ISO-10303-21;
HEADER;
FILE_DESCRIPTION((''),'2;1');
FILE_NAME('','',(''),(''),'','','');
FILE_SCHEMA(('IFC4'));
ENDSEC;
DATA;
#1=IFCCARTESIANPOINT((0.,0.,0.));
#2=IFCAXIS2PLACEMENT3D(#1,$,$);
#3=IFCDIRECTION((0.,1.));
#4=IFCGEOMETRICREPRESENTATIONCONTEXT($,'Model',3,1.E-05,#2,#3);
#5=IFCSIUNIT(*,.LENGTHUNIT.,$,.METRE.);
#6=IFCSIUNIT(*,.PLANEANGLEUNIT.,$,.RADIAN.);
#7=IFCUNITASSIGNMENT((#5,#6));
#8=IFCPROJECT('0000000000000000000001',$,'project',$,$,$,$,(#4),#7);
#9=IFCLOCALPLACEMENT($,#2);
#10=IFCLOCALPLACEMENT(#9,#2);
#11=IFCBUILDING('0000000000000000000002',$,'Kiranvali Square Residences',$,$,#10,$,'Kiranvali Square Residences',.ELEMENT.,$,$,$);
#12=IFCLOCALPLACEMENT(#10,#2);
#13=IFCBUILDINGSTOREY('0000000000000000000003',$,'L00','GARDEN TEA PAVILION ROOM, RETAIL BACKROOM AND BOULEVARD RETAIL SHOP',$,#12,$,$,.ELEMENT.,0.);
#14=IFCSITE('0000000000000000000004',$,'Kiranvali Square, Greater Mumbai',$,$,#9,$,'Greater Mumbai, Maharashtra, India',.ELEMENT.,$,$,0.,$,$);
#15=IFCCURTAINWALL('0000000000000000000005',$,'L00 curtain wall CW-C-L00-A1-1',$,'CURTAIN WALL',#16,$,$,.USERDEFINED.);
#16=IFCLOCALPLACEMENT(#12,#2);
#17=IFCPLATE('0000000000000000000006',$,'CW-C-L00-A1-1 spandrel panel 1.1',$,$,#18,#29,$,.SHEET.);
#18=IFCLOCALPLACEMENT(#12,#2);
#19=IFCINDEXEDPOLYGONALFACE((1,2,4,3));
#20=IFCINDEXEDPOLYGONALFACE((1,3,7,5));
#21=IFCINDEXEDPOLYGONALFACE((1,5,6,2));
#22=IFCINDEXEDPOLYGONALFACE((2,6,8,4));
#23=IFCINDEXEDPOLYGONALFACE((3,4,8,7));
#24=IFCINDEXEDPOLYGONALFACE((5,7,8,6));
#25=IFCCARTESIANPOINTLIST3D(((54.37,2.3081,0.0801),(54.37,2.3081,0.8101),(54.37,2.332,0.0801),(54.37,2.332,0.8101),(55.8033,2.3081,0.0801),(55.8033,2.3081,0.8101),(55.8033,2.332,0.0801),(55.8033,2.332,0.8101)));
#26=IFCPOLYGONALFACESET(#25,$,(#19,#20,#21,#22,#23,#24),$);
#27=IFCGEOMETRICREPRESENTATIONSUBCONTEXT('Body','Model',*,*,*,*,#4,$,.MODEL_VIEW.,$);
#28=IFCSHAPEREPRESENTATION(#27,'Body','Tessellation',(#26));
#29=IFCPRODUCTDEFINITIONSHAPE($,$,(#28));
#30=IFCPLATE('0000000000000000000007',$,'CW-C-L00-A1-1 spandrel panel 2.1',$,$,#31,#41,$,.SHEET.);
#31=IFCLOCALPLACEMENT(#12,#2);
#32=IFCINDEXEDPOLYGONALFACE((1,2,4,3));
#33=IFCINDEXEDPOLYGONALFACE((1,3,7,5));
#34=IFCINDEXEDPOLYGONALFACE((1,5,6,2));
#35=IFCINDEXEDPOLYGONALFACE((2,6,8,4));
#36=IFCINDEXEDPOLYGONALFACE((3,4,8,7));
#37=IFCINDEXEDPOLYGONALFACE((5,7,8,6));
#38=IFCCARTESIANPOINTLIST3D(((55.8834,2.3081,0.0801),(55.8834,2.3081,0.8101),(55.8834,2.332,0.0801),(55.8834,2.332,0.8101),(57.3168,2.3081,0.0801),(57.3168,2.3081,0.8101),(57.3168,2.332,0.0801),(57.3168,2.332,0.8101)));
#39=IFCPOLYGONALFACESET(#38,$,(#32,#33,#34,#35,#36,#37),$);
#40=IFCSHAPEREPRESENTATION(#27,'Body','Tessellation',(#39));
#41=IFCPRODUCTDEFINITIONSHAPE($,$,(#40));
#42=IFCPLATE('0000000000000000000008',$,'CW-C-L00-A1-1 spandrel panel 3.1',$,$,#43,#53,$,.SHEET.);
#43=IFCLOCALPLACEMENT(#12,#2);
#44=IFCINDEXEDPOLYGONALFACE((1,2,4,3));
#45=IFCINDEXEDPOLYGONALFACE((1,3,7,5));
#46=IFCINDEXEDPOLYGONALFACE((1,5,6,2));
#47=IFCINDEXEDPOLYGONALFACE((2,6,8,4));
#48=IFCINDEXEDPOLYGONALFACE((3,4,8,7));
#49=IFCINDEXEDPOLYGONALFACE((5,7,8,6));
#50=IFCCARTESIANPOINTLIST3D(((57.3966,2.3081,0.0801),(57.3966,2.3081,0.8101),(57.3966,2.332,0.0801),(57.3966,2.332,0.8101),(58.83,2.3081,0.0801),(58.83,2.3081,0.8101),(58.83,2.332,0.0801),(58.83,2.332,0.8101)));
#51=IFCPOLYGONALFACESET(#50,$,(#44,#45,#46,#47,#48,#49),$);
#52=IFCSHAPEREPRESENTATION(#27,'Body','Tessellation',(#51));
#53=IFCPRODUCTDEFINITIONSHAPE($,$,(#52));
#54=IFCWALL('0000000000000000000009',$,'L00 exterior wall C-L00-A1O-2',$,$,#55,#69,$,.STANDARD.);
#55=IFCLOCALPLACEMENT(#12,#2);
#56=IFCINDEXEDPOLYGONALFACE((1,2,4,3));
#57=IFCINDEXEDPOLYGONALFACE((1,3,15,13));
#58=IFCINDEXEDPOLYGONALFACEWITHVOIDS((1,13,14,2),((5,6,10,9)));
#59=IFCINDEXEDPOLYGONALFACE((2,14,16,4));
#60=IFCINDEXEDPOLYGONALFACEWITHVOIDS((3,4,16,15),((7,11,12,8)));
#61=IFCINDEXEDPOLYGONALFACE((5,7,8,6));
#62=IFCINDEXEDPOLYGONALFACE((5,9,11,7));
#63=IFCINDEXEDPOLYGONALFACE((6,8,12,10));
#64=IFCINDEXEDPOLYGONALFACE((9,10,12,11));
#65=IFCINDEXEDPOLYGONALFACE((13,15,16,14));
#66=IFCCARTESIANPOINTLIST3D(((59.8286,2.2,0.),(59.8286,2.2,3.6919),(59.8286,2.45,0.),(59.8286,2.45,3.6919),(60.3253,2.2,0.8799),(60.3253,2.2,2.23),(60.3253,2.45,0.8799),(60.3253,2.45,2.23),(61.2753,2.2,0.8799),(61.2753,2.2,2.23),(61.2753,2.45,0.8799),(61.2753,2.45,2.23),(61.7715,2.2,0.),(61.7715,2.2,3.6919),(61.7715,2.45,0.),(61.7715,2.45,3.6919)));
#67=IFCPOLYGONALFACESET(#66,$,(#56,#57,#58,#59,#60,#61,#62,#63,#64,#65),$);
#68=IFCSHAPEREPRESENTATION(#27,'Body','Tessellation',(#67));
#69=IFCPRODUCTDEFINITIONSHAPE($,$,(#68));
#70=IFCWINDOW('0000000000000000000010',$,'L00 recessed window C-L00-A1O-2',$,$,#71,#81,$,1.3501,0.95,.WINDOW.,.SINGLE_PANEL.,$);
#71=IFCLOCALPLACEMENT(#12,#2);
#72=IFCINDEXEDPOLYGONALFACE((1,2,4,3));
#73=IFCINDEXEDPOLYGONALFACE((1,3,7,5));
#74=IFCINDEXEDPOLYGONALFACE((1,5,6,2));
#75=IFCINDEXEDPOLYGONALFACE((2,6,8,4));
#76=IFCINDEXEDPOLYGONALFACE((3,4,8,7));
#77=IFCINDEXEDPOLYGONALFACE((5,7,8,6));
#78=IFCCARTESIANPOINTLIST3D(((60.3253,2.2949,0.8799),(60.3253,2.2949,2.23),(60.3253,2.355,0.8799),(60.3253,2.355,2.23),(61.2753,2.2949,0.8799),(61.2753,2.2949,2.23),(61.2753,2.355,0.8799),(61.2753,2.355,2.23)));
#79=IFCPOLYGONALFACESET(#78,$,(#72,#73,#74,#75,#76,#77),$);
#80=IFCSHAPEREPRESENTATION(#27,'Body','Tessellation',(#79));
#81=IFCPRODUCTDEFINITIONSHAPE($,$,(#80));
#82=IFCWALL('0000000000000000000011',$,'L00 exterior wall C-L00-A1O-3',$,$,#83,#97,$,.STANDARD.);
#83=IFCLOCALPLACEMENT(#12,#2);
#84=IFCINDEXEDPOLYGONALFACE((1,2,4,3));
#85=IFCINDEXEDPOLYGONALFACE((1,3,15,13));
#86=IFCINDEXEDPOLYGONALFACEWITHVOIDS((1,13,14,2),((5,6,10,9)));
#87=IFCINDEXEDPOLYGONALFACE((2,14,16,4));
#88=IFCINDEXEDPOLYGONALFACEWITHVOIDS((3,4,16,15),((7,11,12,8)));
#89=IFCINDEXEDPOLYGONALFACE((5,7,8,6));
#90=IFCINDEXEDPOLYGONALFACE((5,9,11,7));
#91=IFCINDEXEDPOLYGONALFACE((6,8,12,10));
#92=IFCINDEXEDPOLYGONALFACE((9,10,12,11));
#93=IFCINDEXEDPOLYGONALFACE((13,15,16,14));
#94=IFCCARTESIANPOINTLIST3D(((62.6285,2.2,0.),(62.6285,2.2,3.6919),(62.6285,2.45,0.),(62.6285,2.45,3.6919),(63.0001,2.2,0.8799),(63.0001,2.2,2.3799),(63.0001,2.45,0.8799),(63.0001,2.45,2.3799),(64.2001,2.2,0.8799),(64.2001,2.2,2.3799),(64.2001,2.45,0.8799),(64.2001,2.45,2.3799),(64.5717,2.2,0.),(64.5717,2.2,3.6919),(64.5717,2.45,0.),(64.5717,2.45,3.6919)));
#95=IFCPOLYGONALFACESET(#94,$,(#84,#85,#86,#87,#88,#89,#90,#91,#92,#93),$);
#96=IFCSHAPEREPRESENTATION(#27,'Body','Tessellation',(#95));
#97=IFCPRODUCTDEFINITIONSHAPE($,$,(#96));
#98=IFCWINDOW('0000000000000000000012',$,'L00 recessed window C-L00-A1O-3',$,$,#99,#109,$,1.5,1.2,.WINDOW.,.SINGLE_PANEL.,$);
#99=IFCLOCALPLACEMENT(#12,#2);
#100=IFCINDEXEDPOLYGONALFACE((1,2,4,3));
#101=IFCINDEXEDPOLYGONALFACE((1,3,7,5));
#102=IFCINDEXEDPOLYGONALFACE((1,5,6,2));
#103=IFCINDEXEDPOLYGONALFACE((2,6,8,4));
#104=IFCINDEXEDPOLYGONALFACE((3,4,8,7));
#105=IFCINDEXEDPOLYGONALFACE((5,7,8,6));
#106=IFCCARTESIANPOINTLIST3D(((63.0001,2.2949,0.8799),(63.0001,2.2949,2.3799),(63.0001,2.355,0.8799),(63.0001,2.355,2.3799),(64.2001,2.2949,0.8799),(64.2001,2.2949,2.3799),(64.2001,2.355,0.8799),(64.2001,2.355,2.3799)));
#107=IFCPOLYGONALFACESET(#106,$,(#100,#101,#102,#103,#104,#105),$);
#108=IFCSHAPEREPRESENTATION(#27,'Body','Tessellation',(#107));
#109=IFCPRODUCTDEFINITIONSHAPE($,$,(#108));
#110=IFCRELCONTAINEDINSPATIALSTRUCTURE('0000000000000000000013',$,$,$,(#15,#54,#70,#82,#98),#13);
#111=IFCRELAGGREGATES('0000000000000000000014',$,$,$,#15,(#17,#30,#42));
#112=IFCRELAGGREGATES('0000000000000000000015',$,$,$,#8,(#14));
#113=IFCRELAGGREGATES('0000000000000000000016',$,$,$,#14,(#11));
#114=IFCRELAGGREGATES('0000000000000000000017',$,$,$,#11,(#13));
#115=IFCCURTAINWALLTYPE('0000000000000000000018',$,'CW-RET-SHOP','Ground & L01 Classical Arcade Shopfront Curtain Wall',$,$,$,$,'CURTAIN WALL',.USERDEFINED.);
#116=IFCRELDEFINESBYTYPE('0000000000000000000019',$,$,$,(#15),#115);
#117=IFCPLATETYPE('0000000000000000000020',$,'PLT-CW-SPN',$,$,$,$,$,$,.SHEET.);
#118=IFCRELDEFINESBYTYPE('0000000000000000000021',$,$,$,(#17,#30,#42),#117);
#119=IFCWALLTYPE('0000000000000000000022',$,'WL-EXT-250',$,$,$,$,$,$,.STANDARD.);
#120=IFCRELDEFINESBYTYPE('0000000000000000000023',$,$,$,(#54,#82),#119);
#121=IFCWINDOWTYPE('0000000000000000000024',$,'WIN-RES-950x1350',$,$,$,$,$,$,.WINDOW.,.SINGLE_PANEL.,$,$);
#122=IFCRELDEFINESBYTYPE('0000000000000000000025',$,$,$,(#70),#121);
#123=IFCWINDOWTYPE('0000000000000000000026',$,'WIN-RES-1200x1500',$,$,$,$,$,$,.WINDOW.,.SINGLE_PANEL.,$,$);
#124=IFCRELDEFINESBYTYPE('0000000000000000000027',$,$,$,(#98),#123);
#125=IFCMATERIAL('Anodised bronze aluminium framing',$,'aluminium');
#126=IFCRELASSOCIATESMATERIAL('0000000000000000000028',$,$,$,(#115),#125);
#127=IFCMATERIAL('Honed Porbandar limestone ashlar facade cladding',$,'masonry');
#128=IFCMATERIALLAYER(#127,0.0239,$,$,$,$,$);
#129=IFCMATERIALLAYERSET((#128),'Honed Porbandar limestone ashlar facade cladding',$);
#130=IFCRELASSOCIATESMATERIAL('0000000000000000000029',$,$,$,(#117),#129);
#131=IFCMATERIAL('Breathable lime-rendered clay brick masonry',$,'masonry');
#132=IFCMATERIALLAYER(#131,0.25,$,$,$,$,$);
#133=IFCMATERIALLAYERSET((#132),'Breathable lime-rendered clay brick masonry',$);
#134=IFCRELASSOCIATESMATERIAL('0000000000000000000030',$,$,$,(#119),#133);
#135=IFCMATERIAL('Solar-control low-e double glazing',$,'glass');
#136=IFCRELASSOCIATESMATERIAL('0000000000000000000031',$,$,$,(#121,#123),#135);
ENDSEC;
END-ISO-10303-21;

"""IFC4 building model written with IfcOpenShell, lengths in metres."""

from ifc_helpers import new_model, si_unit, direction, frame, frame_2d, origin, origin_2d, place, context, subcontext, project, spatial, rectangle, extrude, material, layer, layer_set, type_object, element, fill, aggregate, save


model = new_model("IFC4")

# Units and contexts
model_context = context("Model", 3, precision=1e-05, world=origin(), true_north=direction((0.0, 1.0)))
body_context = subcontext(model_context, "Body", "Model", "MODEL_VIEW")
ifc_project = project(units=[si_unit("LENGTHUNIT", "METRE"), si_unit("PLANEANGLEUNIT", "RADIAN")], contexts=[model_context])

# Site, building, storey
site_placement = place(None, origin())
site = spatial("IfcSite", under=ifc_project, at=site_placement, Name="Kiranvali Square, Greater Mumbai", LongName="Greater Mumbai, Maharashtra, India", CompositionType="ELEMENT", RefElevation=0.0)
building_placement = place(site_placement, origin())
building = spatial("IfcBuilding", under=site, at=building_placement, Name="Kiranvali Square Residences", LongName="Kiranvali Square Residences", CompositionType="ELEMENT")
storey_placement = place(building_placement, origin())
storey = spatial("IfcBuildingStorey", under=building, at=storey_placement, Name="L00", Description="GARDEN TEA PAVILION ROOM, RETAIL BACKROOM AND BOULEVARD RETAIL SHOP", CompositionType="ELEMENT", Elevation=0.0)

# Curtain wall
ifc_material_1 = material(Name="Anodised bronze aluminium framing", Category="aluminium")
curtain_wall_type = type_object("IfcCurtainWallType", Name="CW-RET-SHOP", Description="Ground & L01 Classical Arcade Shopfront Curtain Wall", ElementType="CURTAIN WALL", PredefinedType="USERDEFINED", material=ifc_material_1)
curtain_wall_placement = place(storey_placement, origin())
curtain_wall = element("IfcCurtainWall", 1, at=curtain_wall_placement, inside=storey, type_object=curtain_wall_type, Name="L00 curtain wall CW-C-L00-A1-1", ObjectType="CURTAIN WALL", PredefinedType="USERDEFINED")

# Plates
ifc_material_2 = material(Name="Solar-control low-e double glazing", Category="glass")
ifc_material_3 = material(Name="Honed Porbandar limestone ashlar facade cladding", Category="masonry")
ifc_layer_1 = layer(ifc_material_3, 0.0239)
ifc_layer_set_1 = layer_set([ifc_layer_1], Name="Honed Porbandar limestone ashlar facade cladding")
plate_type_1 = type_object("IfcPlateType", Name="PLT-CW-SPN", PredefinedType="SHEET", material=ifc_layer_set_1)
plate_1_placement = place(storey_placement, frame((55.0867, 2.3201, 0.0801), z_axis=(0.0, 0.0, 1.0), x_axis=(1.0, 0.0, 0.0)))
plate_1 = element("IfcPlate", 2, at=plate_1_placement, type_object=plate_type_1, Name="CW-C-L00-A1-1 spandrel panel 1.1", PredefinedType="SHEET", context=body_context, shape_type="SweptSolid", body=[
    extrude(rectangle(XDim=1.4333, YDim=0.0239, at=origin_2d()), origin(), (0.0, 0.0, 1.0), 0.73),
])
plate_2_placement = place(storey_placement, frame((56.6001, 2.3201, 0.0801), z_axis=(0.0, 0.0, 1.0), x_axis=(1.0, 0.0, 0.0)))
plate_2 = element("IfcPlate", 3, at=plate_2_placement, type_object=plate_type_1, Name="CW-C-L00-A1-1 spandrel panel 2.1", PredefinedType="SHEET", context=body_context, shape_type="SweptSolid", body=[
    extrude(rectangle(XDim=1.4333, YDim=0.0239, at=origin_2d()), origin(), (0.0, 0.0, 1.0), 0.73),
])
plate_3_placement = place(storey_placement, frame((58.1133, 2.3201, 0.0801), z_axis=(0.0, 0.0, 1.0), x_axis=(1.0, 0.0, 0.0)))
plate_3 = element("IfcPlate", 4, at=plate_3_placement, type_object=plate_type_1, Name="CW-C-L00-A1-1 spandrel panel 3.1", PredefinedType="SHEET", context=body_context, shape_type="SweptSolid", body=[
    extrude(rectangle(XDim=1.4333, YDim=0.0239, at=origin_2d()), origin(), (0.0, 0.0, 1.0), 0.73),
])
aggregate(curtain_wall, [plate_1, plate_2, plate_3])

# Walls, openings, windows
ifc_material_4 = material(Name="Breathable lime-rendered clay brick masonry", Category="masonry")
ifc_layer_2 = layer(ifc_material_4, 0.25)
ifc_layer_set_2 = layer_set([ifc_layer_2], Name="Breathable lime-rendered clay brick masonry")
wall_type = type_object("IfcWallType", Name="WL-EXT-250", PredefinedType="STANDARD", material=ifc_layer_set_2)
wall_1_placement = place(storey_placement, frame((59.8286, 2.325, 0.0), z_axis=(0.0, 0.0, 1.0), x_axis=(1.0, 0.0, 0.0)))
wall_1 = element("IfcWall", 5, at=wall_1_placement, inside=storey, type_object=wall_type, Name="L00 exterior wall C-L00-A1O-2", PredefinedType="STANDARD", context=body_context, shape_type="SweptSolid", body=[
    extrude(rectangle(XDim=1.9429, YDim=0.25, at=frame_2d((0.9714, 0.0))), origin(), (0.0, 0.0, 1.0), 3.6919),
])
opening_1_placement = place(wall_1_placement, frame((0.4966, 0.0, 0.8799)))
opening_1 = element("IfcOpeningElement", 6, at=opening_1_placement, cuts=wall_1, PredefinedType="OPENING", context=body_context, shape_type="SweptSolid", body=[
    extrude(rectangle(XDim=0.95, YDim=1.3501, at=frame_2d((0.4751, 0.675))), frame((0.0, 0.135, 0.0), z_axis=(0.0, -1.0, 0.0), x_axis=(1.0, 0.0, 0.0)), (0.0, 0.0, 1.0), 0.27),
])
window_type_1 = type_object("IfcWindowType", Name="WIN-RES-950x1350", PartitioningType="SINGLE_PANEL", PredefinedType="WINDOW", material=ifc_material_2)
window_1_placement = place(opening_1_placement, origin())
window_1 = element("IfcWindow", 7, at=window_1_placement, inside=storey, type_object=window_type_1, Name="L00 recessed window C-L00-A1O-2", OverallHeight=1.3501, OverallWidth=0.95, PartitioningType="SINGLE_PANEL", PredefinedType="WINDOW", context=body_context, shape_type="SweptSolid", body=[
    extrude(rectangle(XDim=0.95, YDim=1.3501, at=frame_2d((0.4751, 0.675))), frame((0.0, 0.03, 0.0), z_axis=(0.0, -1.0, 0.0), x_axis=(1.0, 0.0, 0.0)), (0.0, 0.0, 1.0), 0.0601),
])
fill(opening_1, window_1)
wall_2_placement = place(storey_placement, frame((62.6284, 2.325, 0.0), z_axis=(0.0, 0.0, 1.0), x_axis=(1.0, 0.0, 0.0)))
wall_2 = element("IfcWall", 8, at=wall_2_placement, inside=storey, type_object=wall_type, Name="L00 exterior wall C-L00-A1O-3", PredefinedType="STANDARD", context=body_context, shape_type="SweptSolid", body=[
    extrude(rectangle(XDim=1.9431, YDim=0.25, at=frame_2d((0.9717, 0.0))), origin(), (0.0, 0.0, 1.0), 3.6919),
])
opening_2_placement = place(wall_2_placement, frame((0.3716, 0.0, 0.8799)))
opening_2 = element("IfcOpeningElement", 9, at=opening_2_placement, cuts=wall_2, PredefinedType="OPENING", context=body_context, shape_type="SweptSolid", body=[
    extrude(rectangle(XDim=1.2, YDim=1.5, at=frame_2d((0.6001, 0.75))), frame((0.0, 0.135, 0.0), z_axis=(0.0, -1.0, 0.0), x_axis=(1.0, 0.0, 0.0)), (0.0, 0.0, 1.0), 0.27),
])
window_type_2 = type_object("IfcWindowType", Name="WIN-RES-1200x1500", PartitioningType="SINGLE_PANEL", PredefinedType="WINDOW", material=ifc_material_2)
window_2_placement = place(opening_2_placement, origin())
window_2 = element("IfcWindow", 10, at=window_2_placement, inside=storey, type_object=window_type_2, Name="L00 recessed window C-L00-A1O-3", OverallHeight=1.5, OverallWidth=1.2, PartitioningType="SINGLE_PANEL", PredefinedType="WINDOW", context=body_context, shape_type="SweptSolid", body=[
    extrude(rectangle(XDim=1.2, YDim=1.5, at=frame_2d((0.6001, 0.75))), frame((0.0, 0.03, 0.0), z_axis=(0.0, -1.0, 0.0), x_axis=(1.0, 0.0, 0.0)), (0.0, 0.0, 1.0), 0.0601),
])
fill(opening_2, window_2)

save(model, "model.ifc")
